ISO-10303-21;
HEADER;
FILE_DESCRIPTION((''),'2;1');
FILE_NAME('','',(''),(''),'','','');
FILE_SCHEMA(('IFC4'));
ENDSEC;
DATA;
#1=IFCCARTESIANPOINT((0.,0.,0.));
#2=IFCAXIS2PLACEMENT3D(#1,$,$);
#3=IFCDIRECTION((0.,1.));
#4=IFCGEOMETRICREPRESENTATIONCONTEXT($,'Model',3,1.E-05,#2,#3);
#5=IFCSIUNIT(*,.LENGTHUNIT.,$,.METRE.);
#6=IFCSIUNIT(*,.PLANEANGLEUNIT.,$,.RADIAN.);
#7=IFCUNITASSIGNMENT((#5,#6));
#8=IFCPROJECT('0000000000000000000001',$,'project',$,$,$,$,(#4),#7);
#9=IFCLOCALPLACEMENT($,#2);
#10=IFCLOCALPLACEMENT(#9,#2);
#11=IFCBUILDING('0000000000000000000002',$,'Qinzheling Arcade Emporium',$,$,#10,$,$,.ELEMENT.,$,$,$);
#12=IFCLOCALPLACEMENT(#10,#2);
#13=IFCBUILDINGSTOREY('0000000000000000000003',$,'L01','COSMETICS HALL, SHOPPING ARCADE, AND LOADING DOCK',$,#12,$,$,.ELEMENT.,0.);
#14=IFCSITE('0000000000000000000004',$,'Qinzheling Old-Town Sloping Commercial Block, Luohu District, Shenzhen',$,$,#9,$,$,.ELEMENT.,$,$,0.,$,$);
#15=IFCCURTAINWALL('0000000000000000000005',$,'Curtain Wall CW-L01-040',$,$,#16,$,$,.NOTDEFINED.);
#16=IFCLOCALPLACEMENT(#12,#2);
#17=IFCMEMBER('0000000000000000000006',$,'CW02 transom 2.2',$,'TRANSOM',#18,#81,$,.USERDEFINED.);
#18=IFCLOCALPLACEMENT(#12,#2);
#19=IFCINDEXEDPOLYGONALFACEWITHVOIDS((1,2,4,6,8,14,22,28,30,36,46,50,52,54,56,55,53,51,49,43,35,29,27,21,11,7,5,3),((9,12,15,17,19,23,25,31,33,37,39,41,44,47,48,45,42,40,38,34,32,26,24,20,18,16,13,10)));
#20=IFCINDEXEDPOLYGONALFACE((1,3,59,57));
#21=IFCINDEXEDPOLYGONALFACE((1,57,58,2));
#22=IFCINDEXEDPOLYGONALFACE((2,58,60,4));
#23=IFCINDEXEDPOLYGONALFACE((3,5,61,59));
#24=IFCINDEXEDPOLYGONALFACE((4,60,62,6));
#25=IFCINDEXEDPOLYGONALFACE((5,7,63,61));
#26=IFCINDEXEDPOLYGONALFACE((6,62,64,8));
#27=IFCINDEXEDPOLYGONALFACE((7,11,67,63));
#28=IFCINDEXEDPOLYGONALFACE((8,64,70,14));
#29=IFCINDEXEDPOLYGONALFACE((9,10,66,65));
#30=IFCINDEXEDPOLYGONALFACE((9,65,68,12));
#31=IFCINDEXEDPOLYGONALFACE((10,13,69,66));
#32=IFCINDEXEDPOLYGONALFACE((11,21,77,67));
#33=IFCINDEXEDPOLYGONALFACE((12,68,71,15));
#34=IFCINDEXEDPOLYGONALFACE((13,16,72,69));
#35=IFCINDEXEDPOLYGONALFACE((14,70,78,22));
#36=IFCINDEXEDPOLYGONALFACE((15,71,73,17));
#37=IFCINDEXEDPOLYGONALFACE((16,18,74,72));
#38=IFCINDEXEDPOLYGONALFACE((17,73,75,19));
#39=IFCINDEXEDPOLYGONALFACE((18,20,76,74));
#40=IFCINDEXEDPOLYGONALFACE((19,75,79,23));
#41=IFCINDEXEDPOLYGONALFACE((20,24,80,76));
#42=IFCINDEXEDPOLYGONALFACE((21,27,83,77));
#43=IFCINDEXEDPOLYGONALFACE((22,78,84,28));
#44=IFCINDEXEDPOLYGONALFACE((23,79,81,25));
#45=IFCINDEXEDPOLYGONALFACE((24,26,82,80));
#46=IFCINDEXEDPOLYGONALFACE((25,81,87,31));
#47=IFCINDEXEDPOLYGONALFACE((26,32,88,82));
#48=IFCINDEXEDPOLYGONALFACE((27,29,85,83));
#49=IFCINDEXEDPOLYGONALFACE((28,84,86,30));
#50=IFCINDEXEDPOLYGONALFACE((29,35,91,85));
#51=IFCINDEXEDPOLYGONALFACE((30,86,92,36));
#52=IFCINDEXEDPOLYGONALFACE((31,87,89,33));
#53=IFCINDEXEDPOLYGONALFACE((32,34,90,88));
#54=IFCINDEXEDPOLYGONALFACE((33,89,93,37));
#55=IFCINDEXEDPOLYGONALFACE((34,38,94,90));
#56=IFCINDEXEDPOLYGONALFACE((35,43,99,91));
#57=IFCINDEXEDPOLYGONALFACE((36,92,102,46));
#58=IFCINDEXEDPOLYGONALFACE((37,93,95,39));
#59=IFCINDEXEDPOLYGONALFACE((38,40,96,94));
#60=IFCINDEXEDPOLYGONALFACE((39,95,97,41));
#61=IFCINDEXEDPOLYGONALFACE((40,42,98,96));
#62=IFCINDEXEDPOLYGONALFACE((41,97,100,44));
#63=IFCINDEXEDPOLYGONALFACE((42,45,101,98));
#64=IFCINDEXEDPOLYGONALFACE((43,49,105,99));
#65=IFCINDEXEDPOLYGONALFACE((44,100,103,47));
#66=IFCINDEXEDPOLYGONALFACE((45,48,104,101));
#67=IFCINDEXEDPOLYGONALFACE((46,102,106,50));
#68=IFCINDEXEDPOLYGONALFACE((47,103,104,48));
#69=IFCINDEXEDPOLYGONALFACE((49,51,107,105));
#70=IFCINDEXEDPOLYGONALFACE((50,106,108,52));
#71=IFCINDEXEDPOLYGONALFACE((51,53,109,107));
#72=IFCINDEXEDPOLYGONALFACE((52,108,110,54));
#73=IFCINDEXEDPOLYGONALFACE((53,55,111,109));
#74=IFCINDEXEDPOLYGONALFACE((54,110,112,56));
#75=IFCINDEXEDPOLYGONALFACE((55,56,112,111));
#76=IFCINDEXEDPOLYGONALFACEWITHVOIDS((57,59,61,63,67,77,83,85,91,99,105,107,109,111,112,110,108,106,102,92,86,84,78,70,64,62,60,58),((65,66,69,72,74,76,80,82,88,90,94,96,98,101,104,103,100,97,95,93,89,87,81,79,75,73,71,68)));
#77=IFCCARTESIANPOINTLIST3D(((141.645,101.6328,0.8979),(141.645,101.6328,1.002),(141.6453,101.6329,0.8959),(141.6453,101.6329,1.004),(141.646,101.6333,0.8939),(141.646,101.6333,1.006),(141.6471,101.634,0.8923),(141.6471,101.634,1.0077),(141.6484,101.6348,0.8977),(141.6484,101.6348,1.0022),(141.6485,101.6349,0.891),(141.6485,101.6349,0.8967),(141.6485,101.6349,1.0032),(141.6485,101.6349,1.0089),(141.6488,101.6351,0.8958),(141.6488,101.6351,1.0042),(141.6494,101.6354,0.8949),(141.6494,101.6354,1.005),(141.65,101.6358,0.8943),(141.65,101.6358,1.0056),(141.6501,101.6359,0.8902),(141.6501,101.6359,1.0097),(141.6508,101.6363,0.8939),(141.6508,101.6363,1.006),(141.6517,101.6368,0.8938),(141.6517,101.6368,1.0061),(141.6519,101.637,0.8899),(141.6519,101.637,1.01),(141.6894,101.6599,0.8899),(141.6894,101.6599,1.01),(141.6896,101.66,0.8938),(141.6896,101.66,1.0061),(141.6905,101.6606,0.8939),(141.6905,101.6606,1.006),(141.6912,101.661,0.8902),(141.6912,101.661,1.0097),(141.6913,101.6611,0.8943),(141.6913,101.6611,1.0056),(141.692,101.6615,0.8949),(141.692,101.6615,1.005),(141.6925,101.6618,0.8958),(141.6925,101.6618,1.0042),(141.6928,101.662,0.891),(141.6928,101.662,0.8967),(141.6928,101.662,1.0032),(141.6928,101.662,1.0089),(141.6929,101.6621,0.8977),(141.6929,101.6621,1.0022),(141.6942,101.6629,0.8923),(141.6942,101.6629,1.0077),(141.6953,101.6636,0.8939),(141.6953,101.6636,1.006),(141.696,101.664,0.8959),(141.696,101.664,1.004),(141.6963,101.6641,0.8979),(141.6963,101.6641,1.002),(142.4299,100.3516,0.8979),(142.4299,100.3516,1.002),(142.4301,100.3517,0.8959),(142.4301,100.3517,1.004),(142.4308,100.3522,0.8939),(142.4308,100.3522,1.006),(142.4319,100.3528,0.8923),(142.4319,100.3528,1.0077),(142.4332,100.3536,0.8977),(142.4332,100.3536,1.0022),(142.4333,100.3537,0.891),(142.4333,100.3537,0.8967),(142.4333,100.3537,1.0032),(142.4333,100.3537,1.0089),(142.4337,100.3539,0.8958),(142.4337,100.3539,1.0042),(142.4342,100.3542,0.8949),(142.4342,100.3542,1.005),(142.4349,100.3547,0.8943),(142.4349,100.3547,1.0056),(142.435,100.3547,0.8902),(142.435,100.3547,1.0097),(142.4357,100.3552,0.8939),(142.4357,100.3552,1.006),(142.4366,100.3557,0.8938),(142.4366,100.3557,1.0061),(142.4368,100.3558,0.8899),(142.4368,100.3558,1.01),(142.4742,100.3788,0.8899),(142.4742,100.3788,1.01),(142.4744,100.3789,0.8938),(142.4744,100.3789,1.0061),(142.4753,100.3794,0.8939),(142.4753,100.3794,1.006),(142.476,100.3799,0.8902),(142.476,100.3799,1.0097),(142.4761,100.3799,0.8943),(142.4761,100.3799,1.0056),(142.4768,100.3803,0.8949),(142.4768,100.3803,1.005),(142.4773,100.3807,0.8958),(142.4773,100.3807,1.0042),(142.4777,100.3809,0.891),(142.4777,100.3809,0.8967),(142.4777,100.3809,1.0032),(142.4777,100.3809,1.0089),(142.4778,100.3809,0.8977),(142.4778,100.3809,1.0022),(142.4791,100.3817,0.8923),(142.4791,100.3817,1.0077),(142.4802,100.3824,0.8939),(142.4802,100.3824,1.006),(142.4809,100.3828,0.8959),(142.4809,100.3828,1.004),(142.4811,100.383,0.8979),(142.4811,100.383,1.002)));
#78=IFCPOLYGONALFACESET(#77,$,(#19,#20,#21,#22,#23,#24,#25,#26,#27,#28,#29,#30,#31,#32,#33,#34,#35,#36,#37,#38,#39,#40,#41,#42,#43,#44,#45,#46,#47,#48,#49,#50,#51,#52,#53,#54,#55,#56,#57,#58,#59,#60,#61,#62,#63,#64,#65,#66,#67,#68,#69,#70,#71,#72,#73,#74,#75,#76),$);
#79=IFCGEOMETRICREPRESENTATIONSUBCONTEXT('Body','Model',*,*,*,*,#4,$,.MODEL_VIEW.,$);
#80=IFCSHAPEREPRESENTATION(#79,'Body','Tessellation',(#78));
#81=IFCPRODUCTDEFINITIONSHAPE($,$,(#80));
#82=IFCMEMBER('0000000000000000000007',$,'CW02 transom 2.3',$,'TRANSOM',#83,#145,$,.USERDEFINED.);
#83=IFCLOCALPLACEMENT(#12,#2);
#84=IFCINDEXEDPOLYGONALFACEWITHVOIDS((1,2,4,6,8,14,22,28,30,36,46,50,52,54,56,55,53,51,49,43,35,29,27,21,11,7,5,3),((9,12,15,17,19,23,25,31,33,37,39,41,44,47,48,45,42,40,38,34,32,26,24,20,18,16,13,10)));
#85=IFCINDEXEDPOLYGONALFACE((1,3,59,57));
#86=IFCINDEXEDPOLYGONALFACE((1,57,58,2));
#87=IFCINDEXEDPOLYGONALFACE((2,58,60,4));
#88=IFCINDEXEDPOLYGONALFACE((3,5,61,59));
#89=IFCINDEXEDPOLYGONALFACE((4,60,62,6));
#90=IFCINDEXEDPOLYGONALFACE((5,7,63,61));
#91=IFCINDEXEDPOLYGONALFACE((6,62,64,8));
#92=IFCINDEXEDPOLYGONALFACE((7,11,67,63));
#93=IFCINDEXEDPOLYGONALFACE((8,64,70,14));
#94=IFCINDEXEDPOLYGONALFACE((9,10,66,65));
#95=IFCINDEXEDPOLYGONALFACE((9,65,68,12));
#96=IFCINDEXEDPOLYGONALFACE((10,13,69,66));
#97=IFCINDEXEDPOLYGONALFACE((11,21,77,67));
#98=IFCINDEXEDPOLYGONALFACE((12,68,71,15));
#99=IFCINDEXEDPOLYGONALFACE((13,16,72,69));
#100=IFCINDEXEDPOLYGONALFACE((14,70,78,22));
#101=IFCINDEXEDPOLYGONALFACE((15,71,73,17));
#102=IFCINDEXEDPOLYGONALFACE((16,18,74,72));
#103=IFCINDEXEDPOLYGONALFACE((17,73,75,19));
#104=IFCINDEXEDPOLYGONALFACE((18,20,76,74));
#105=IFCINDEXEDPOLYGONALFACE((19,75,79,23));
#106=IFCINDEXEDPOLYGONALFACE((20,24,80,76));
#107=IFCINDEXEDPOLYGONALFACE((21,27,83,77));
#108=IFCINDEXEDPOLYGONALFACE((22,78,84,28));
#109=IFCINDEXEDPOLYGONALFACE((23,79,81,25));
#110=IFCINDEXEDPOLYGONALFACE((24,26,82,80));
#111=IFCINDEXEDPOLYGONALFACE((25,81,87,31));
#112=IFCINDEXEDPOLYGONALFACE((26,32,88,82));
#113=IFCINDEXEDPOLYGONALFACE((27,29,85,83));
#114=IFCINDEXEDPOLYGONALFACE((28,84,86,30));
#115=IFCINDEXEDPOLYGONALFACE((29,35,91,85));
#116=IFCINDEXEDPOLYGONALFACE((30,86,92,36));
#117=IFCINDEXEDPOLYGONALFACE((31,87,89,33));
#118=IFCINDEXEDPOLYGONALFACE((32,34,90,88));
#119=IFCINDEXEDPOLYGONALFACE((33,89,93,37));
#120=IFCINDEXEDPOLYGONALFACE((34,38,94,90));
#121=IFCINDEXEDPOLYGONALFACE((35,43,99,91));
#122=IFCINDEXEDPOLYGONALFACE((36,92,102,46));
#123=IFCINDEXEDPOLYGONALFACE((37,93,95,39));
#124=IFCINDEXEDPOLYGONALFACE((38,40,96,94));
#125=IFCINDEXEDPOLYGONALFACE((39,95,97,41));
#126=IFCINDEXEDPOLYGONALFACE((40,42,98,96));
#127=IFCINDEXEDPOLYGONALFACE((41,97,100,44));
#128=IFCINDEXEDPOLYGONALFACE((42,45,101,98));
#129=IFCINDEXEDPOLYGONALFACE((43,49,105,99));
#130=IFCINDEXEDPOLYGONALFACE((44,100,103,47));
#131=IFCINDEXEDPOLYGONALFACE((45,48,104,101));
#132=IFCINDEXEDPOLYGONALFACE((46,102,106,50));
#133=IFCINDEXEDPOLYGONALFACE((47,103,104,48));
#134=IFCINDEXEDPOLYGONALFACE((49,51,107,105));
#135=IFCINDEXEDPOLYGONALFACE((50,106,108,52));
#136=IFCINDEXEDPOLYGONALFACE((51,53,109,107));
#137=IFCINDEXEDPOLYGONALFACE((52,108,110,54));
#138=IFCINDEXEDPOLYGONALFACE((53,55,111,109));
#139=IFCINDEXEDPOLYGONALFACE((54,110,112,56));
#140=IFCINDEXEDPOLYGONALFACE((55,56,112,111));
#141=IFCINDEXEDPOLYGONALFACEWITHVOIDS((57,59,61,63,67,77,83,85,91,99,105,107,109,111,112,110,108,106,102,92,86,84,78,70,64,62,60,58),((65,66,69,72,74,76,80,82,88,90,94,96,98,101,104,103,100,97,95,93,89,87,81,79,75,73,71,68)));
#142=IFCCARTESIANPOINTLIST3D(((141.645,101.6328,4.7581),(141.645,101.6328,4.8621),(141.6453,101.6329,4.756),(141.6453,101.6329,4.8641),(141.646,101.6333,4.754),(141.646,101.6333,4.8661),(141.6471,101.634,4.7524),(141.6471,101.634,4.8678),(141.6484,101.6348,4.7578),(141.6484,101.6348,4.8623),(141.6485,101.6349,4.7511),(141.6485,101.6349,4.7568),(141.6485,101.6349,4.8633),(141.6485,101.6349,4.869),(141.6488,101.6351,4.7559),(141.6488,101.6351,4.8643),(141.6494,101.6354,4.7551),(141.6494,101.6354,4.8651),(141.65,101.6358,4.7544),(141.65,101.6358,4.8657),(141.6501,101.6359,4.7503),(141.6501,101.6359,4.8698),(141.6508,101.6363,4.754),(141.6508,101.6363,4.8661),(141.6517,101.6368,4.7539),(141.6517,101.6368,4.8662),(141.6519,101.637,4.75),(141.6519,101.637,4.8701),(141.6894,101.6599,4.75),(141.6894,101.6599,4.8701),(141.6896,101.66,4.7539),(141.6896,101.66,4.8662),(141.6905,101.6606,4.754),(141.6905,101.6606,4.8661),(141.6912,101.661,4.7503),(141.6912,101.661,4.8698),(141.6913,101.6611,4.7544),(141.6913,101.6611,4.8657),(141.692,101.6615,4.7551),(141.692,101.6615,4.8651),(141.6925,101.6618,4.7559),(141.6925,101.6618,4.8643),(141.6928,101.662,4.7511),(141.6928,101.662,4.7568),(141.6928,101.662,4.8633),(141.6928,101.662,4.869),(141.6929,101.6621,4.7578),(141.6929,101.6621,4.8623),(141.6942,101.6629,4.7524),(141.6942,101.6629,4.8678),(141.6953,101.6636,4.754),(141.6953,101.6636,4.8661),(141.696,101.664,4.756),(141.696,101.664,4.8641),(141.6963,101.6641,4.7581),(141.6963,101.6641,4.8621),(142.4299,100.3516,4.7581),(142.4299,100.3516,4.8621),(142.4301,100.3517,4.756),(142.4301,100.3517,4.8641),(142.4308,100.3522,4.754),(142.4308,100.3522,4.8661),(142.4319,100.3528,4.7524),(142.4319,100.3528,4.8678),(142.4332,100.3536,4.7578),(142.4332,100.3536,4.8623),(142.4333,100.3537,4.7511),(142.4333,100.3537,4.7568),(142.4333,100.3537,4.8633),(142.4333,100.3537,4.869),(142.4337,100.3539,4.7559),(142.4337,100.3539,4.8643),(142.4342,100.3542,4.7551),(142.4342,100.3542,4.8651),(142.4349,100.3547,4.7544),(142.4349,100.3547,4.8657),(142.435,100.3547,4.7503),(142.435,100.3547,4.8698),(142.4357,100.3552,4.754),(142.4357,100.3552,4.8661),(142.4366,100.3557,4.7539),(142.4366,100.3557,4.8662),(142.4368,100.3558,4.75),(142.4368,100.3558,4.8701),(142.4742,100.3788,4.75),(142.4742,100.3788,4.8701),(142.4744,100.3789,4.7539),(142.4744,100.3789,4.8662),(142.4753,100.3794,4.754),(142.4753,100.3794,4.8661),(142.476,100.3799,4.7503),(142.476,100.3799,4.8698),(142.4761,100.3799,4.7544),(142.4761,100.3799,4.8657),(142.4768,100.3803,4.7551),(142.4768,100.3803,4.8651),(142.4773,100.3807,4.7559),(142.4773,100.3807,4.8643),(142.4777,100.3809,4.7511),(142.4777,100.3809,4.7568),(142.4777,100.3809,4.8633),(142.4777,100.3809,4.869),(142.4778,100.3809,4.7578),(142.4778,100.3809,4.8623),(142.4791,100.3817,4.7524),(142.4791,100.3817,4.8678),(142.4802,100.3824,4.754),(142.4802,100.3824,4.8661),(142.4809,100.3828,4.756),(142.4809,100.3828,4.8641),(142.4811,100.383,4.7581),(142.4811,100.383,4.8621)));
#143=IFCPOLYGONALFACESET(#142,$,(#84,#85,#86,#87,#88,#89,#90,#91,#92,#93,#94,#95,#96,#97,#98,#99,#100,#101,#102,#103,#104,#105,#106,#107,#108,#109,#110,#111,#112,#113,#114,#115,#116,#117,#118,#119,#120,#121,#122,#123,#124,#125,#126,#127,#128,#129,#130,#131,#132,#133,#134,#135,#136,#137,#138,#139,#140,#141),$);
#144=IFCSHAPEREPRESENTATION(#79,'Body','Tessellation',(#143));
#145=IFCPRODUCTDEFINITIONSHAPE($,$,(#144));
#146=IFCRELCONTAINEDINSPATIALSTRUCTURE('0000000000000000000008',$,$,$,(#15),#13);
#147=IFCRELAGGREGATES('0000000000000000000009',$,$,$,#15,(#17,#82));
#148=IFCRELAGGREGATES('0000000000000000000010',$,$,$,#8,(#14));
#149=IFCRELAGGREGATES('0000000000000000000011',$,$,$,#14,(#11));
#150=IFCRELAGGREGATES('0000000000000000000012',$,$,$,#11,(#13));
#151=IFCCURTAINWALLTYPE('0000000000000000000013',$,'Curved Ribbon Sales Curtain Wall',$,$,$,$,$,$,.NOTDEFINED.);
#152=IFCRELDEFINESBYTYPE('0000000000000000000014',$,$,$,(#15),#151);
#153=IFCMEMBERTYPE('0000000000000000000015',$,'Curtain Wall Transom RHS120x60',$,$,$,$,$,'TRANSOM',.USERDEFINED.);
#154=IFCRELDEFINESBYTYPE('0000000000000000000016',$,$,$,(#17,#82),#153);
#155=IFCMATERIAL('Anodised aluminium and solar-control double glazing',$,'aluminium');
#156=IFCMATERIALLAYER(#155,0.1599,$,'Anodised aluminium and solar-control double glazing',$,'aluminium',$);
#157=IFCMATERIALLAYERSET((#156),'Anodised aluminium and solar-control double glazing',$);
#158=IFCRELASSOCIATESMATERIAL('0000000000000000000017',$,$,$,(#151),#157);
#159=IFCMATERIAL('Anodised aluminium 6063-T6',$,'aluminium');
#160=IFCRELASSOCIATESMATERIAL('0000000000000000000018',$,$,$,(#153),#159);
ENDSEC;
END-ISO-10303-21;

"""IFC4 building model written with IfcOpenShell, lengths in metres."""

from ifc_helpers import new_model, si_unit, direction, frame, origin, origin_2d, place, context, subcontext, project, spatial, hollow_rectangle, extrude, material, layer, layer_set, material_profile, profile_set, type_object, element, aggregate, save


model = new_model("IFC4")

# Units and contexts
model_context = context("Model", 3, precision=1e-05, world=origin(), true_north=direction((0.0, 1.0)))
body_context = subcontext(model_context, "Body", "Model", "MODEL_VIEW")
ifc_project = project(units=[si_unit("LENGTHUNIT", "METRE"), si_unit("PLANEANGLEUNIT", "RADIAN")], contexts=[model_context])

# Site, building, storey
site_placement = place(None, origin())
site = spatial("IfcSite", under=ifc_project, at=site_placement, Name="Qinzheling Old-Town Sloping Commercial Block, Luohu District, Shenzhen", CompositionType="ELEMENT", RefElevation=0.0)
building_placement = place(site_placement, origin())
building = spatial("IfcBuilding", under=site, at=building_placement, Name="Qinzheling Arcade Emporium", CompositionType="ELEMENT")
storey_placement = place(building_placement, origin())
storey = spatial("IfcBuildingStorey", under=building, at=storey_placement, Name="L01", Description="COSMETICS HALL, SHOPPING ARCADE, AND LOADING DOCK", CompositionType="ELEMENT", Elevation=0.0)

# Shared definitions
ifc_material_1 = material(Name="Anodised aluminium and solar-control double glazing", Category="aluminium")
ifc_layer_1 = layer(ifc_material_1, 0.1599, Name="Anodised aluminium and solar-control double glazing", Category="aluminium")
ifc_layer_set_1 = layer_set([ifc_layer_1], Name="Anodised aluminium and solar-control double glazing")
curtain_wall_type = type_object("IfcCurtainWallType", Name="Curved Ribbon Sales Curtain Wall", PredefinedType="NOTDEFINED", material=ifc_layer_set_1)
ifc_material_2 = material(Name="Anodised aluminium 6063-T6", Category="aluminium")

# Curtain wall
curtain_wall_1_placement = place(storey_placement, origin())
curtain_wall_1 = element("IfcCurtainWall", 1, at=curtain_wall_1_placement, inside=storey, type_object=curtain_wall_type, Name="Curtain Wall CW-L01-040", PredefinedType="NOTDEFINED")

# Members
ifc_material_profile_1 = material_profile(ifc_material_2, hollow_rectangle(XDim=0.0601, YDim=0.1201, WallThickness=0.0039, InnerFilletRadius=0.0039, OuterFilletRadius=0.0081, at=origin_2d()), Name="RHS 120x60x4", Category="aluminium")
ifc_profile_set_1 = profile_set([ifc_material_profile_1], Name="Anodised aluminium 6063-T6")
member_type_1 = type_object("IfcMemberType", Name="Curtain Wall Transom RHS120x60", ElementType="TRANSOM", PredefinedType="USERDEFINED", material=ifc_profile_set_1)
member_1_placement = place(storey_placement, frame((141.6707, 101.6484, 0.95), z_axis=(0.522383, -0.852711, 0.0), x_axis=(0.852711, 0.522383, 0.0)))
member_1 = element("IfcMember", 2, at=member_1_placement, type_object=member_type_1, Name="CW02 transom 2.2", ObjectType="TRANSOM", PredefinedType="USERDEFINED", context=body_context, shape_type="SweptSolid", body=[
    extrude(hollow_rectangle(XDim=0.0601, YDim=0.1201, WallThickness=0.0039, InnerFilletRadius=0.0039, OuterFilletRadius=0.0081, at=origin_2d()), origin(), (0.0, 0.0, 1.0), 1.5024),
])
member_2_placement = place(storey_placement, frame((141.6707, 101.6484, 4.8101), z_axis=(0.522383, -0.852711, 0.0), x_axis=(0.852711, 0.522383, 0.0)))
member_2 = element("IfcMember", 3, at=member_2_placement, type_object=member_type_1, Name="CW02 transom 2.3", ObjectType="TRANSOM", PredefinedType="USERDEFINED", context=body_context, shape_type="SweptSolid", body=[
    extrude(hollow_rectangle(XDim=0.0601, YDim=0.1201, WallThickness=0.0039, InnerFilletRadius=0.0039, OuterFilletRadius=0.0081, at=origin_2d()), origin(), (0.0, 0.0, 1.0), 1.5024),
])

aggregate(curtain_wall_1, [member_1, member_2])

save(model, "model.ifc")
